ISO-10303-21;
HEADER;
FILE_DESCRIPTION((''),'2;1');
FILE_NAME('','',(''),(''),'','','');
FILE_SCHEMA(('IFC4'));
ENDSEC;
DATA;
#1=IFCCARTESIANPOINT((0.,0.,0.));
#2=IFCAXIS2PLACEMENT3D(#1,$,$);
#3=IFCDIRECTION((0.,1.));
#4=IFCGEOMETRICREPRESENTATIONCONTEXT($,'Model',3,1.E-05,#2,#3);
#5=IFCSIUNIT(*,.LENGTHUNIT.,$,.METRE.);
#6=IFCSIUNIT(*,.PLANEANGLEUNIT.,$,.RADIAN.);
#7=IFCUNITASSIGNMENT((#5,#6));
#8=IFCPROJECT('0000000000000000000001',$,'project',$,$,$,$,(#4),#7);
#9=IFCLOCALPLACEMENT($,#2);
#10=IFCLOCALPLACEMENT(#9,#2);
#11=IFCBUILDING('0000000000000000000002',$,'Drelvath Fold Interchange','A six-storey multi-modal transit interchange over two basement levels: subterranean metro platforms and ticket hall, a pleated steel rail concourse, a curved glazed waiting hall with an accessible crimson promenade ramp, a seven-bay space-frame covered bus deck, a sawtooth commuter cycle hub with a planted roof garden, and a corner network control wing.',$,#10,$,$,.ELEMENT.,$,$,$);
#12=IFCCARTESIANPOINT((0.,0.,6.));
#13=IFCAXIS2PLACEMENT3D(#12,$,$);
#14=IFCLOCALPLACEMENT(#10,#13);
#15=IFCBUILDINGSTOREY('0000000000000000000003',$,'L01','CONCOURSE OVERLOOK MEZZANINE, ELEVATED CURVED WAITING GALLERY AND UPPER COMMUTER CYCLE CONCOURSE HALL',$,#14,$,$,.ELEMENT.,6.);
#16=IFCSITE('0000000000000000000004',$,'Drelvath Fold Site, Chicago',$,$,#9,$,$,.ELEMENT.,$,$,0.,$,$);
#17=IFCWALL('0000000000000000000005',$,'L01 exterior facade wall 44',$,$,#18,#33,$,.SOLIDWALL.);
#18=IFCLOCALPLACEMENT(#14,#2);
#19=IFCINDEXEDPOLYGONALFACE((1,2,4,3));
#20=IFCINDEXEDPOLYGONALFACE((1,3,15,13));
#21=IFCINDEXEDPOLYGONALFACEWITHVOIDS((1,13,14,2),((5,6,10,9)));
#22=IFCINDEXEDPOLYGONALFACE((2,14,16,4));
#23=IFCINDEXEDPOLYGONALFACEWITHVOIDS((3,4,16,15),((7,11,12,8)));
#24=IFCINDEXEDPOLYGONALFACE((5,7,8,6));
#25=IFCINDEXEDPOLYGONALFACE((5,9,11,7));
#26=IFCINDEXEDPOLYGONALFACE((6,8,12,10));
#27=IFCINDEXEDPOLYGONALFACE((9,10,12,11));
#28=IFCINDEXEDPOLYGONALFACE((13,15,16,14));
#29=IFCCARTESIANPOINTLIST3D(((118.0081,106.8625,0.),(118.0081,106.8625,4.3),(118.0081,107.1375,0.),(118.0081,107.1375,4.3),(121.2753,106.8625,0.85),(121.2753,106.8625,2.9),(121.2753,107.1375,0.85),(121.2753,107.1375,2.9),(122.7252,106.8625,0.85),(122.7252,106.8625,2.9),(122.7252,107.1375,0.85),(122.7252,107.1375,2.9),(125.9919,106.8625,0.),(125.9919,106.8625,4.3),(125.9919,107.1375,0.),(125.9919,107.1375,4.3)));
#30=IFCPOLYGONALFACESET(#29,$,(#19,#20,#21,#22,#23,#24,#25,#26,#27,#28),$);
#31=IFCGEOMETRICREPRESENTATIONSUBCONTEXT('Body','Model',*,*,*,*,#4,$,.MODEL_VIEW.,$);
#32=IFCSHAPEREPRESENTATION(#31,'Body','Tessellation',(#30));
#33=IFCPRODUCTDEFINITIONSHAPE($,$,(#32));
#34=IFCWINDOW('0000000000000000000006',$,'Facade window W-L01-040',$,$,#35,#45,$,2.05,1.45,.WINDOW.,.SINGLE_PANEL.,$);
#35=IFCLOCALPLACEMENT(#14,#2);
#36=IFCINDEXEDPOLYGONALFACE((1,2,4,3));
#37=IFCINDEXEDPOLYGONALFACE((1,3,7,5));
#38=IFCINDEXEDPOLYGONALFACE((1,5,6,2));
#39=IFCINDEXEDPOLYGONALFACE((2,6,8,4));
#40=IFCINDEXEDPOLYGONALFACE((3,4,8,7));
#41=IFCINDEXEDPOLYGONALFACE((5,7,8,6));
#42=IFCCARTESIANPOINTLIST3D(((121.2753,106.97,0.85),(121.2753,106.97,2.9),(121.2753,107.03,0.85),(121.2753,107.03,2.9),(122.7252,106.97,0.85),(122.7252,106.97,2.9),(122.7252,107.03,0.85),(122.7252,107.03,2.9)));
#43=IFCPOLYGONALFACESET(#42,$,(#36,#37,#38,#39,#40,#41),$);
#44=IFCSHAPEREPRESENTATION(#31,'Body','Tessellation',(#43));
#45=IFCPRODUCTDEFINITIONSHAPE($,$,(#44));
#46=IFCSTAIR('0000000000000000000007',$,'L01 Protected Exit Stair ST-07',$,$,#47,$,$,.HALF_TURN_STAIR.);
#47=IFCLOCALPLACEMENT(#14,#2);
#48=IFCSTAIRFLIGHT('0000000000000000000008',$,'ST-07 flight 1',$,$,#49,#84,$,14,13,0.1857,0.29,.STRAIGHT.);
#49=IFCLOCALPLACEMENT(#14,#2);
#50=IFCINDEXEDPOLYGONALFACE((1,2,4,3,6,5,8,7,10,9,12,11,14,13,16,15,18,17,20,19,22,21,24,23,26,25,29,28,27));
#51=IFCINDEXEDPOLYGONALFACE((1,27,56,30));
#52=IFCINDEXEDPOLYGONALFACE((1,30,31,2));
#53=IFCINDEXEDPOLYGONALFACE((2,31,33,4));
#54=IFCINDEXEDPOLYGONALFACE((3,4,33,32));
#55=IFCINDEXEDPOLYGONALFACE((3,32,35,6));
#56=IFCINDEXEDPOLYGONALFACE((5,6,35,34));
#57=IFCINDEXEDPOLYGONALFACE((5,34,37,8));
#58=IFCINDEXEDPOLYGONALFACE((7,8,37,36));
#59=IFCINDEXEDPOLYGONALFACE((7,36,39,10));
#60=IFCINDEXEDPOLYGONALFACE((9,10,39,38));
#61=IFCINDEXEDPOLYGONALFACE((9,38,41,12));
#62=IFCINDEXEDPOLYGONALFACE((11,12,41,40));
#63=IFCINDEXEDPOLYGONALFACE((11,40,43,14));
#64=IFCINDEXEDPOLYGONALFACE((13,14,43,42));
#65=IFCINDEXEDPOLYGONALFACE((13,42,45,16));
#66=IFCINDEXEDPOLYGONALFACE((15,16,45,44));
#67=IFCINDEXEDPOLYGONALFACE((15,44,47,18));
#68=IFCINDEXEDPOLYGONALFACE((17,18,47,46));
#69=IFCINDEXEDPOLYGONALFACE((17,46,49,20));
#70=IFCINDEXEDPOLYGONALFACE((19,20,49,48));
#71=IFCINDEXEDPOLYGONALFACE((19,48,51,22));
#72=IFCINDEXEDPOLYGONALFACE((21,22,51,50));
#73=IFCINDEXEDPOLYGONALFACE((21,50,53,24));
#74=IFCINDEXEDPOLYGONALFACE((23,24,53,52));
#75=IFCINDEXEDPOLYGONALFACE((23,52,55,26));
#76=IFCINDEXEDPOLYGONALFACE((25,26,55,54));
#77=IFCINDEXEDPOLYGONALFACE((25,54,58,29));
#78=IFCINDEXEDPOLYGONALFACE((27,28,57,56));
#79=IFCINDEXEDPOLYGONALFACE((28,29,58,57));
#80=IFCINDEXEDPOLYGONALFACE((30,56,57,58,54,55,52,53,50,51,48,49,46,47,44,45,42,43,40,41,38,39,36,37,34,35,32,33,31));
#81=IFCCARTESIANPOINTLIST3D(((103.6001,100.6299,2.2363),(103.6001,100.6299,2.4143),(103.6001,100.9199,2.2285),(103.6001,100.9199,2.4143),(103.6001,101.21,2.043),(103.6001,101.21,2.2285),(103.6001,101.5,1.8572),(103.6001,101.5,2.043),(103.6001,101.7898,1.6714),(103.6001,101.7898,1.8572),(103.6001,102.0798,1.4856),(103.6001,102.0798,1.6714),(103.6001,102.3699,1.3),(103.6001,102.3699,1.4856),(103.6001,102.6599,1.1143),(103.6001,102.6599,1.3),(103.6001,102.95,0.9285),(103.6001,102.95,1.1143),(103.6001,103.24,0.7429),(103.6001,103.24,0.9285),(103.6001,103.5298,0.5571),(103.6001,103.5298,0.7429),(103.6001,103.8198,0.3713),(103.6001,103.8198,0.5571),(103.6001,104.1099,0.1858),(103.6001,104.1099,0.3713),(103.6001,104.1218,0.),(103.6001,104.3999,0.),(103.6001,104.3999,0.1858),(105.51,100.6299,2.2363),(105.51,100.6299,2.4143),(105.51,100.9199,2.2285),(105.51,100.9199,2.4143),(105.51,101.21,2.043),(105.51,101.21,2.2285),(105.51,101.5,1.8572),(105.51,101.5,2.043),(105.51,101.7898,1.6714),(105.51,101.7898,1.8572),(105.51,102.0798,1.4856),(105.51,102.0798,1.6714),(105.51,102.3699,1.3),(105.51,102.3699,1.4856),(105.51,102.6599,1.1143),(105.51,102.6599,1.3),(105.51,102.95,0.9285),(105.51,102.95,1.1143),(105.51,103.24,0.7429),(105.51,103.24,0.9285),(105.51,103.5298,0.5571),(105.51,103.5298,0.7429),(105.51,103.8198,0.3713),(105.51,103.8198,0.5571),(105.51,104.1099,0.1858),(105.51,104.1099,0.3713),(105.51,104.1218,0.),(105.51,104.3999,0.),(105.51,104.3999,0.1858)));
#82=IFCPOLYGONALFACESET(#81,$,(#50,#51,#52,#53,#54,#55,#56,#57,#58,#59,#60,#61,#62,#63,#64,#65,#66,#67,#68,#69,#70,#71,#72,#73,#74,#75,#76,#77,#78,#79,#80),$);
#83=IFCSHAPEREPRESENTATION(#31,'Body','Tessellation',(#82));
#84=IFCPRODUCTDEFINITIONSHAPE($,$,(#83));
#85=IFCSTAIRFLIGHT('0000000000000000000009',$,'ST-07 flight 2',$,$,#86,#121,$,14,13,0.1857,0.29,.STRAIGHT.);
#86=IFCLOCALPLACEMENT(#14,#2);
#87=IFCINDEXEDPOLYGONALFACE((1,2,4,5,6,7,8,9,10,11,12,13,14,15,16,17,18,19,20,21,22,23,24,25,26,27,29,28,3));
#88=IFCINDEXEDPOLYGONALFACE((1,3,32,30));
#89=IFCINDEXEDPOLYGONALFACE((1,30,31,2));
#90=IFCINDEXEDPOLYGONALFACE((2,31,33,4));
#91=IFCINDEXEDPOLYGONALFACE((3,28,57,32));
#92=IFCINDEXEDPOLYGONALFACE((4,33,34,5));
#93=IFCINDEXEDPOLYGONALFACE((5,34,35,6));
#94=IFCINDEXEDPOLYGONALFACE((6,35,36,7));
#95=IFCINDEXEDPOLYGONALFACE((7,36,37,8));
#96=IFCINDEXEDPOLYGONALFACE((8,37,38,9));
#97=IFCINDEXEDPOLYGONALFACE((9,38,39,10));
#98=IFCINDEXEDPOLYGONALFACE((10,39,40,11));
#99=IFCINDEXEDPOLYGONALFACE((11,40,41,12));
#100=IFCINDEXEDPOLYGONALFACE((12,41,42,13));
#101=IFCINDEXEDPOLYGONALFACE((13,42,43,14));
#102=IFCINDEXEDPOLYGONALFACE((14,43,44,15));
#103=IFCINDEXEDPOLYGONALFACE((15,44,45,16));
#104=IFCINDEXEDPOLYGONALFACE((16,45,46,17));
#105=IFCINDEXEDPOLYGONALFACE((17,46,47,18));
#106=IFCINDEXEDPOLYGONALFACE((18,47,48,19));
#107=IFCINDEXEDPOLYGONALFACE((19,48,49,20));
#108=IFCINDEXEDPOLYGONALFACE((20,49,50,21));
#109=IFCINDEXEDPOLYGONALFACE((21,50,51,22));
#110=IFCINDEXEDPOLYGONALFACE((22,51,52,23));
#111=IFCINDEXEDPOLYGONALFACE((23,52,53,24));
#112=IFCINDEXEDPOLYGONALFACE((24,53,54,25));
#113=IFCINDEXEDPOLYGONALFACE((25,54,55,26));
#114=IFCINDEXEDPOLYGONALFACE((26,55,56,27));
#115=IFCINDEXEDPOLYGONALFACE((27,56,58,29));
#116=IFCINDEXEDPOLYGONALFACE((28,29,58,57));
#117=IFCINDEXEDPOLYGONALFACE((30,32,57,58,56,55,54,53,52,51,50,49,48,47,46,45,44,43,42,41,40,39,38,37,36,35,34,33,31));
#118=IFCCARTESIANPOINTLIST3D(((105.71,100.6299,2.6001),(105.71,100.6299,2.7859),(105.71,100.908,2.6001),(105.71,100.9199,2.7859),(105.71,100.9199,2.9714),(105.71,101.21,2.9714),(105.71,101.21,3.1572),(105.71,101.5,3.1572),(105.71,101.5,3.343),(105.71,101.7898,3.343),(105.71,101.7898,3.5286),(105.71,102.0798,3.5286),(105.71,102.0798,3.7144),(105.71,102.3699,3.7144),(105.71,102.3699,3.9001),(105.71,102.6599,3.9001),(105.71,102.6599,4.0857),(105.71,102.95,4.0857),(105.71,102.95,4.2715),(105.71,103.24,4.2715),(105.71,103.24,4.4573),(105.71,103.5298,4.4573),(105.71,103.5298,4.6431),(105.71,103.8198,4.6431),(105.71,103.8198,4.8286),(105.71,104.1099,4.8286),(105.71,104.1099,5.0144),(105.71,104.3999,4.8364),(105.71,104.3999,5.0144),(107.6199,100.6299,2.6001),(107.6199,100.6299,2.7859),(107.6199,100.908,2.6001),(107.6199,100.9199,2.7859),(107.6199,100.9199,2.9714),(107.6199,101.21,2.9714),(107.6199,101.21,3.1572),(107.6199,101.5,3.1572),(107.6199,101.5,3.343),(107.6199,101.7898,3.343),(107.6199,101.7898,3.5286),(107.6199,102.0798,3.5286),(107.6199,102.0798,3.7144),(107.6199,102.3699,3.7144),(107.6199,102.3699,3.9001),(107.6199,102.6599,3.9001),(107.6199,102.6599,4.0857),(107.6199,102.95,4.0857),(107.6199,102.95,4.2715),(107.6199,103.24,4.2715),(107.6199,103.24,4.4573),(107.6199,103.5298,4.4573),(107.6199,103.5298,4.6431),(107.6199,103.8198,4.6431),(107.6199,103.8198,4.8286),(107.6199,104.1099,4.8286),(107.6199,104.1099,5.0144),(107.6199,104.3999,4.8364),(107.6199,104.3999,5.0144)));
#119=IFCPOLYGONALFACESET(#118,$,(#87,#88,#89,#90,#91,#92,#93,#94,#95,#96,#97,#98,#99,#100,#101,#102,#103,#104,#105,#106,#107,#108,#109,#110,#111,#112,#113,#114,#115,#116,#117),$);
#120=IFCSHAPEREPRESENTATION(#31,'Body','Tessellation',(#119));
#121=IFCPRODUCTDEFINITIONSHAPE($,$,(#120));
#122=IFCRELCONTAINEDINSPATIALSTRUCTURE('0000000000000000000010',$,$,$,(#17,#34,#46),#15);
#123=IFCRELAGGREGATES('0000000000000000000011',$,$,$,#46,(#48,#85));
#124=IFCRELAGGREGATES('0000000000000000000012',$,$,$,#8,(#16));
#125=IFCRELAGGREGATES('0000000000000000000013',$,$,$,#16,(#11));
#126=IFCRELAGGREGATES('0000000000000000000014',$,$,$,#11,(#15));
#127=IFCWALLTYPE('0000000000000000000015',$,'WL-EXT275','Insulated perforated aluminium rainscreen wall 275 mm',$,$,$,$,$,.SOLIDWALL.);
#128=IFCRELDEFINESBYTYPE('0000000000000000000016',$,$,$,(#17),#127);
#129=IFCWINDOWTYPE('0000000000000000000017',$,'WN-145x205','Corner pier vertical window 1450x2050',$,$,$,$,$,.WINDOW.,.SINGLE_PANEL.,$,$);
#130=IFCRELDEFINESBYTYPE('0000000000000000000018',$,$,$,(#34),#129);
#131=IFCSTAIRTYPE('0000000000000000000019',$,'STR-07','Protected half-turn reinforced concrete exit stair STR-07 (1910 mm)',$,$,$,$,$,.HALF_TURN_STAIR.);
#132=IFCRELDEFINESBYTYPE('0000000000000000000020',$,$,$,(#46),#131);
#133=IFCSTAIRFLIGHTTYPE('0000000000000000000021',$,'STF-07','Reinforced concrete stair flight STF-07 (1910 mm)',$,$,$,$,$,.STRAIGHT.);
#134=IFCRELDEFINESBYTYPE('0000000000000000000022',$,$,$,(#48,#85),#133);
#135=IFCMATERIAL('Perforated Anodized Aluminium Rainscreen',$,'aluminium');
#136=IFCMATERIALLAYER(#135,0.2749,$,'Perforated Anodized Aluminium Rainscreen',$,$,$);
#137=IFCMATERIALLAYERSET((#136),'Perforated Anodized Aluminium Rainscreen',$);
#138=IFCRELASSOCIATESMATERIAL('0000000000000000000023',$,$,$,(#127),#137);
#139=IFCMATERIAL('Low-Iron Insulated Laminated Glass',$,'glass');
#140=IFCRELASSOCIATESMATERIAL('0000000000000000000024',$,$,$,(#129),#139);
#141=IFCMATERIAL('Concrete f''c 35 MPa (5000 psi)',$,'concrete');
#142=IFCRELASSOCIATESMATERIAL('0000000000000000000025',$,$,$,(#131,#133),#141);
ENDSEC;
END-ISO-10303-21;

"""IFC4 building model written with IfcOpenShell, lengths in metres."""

from ifc_helpers import new_model, si_unit, direction, frame, frame_2d, origin, place, context, subcontext, project, spatial, polyline, rectangle, outline, extrude, material, layer, layer_set, type_object, element, fill, aggregate, save


model = new_model("IFC4")

# Units and contexts
model_context = context("Model", 3, precision=1e-05, world=origin(), true_north=direction((0.0, 1.0)))
body_context = subcontext(model_context, "Body", "Model", "MODEL_VIEW")
ifc_project = project(units=[si_unit("LENGTHUNIT", "METRE"), si_unit("PLANEANGLEUNIT", "RADIAN")], contexts=[model_context])

# Site, building, storey
site_placement = place(None, origin())
site = spatial("IfcSite", under=ifc_project, at=site_placement, Name="Drelvath Fold Site, Chicago", CompositionType="ELEMENT", RefElevation=0.0)
building_placement = place(site_placement, origin())
building = spatial("IfcBuilding", under=site, at=building_placement, Name="Drelvath Fold Interchange", Description="A six-storey multi-modal transit interchange over two basement levels: subterranean metro platforms and ticket hall, a pleated steel rail concourse, a curved glazed waiting hall with an accessible crimson promenade ramp, a seven-bay space-frame covered bus deck, a sawtooth commuter cycle hub with a planted roof garden, and a corner network control wing.", CompositionType="ELEMENT")
storey_placement = place(building_placement, frame((0.0, 0.0, 6.0)))
storey = spatial("IfcBuildingStorey", under=building, at=storey_placement, Name="L01", Description="CONCOURSE OVERLOOK MEZZANINE, ELEVATED CURVED WAITING GALLERY AND UPPER COMMUTER CYCLE CONCOURSE HALL", CompositionType="ELEMENT", Elevation=6.0)

# Wall, opening, window
ifc_material_1 = material(Name="Perforated Anodized Aluminium Rainscreen", Category="aluminium")
ifc_layer_1 = layer(ifc_material_1, 0.2749, Name="Perforated Anodized Aluminium Rainscreen")
ifc_layer_set_1 = layer_set([ifc_layer_1], Name="Perforated Anodized Aluminium Rainscreen")
wall_type_1 = type_object("IfcWallType", Name="WL-EXT275", Description="Insulated perforated aluminium rainscreen wall 275 mm", PredefinedType="SOLIDWALL", material=ifc_layer_set_1)
ifc_material_2 = material(Name="Low-Iron Insulated Laminated Glass", Category="glass")
wall_1_placement = place(storey_placement, frame((118.0081, 107.0, 0.0), z_axis=(0.0, 0.0, 1.0), x_axis=(1.0, 0.0, 0.0)))
wall_1 = element("IfcWall", 1, at=wall_1_placement, inside=storey, type_object=wall_type_1, Name="L01 exterior facade wall 44", PredefinedType="SOLIDWALL", context=body_context, shape_type="SweptSolid", body=[
    extrude(rectangle(XDim=7.9839, YDim=0.2749, at=frame_2d((3.9919, 0.0))), origin(), (0.0, 0.0, 1.0), 4.3),
])
opening_1_placement = place(wall_1_placement, frame((3.2671, 0.0, 0.8501)))
opening_1 = element("IfcOpeningElement", 2, at=opening_1_placement, cuts=wall_1, PredefinedType="OPENING", context=body_context, shape_type="SweptSolid", body=[
    extrude(rectangle(XDim=1.45, YDim=2.05, at=frame_2d((0.7251, 1.0249))), frame((0.0, 0.1475, 0.0), z_axis=(0.0, -1.0, 0.0), x_axis=(1.0, 0.0, 0.0)), (0.0, 0.0, 1.0), 0.2949),
])
window_type_1 = type_object("IfcWindowType", Name="WN-145x205", Description="Corner pier vertical window 1450x2050", PartitioningType="SINGLE_PANEL", PredefinedType="WINDOW", material=ifc_material_2)
window_1_placement = place(opening_1_placement, origin())
window_1 = element("IfcWindow", 3, at=window_1_placement, inside=storey, type_object=window_type_1, Name="Facade window W-L01-040", OverallHeight=2.05, OverallWidth=1.45, PartitioningType="SINGLE_PANEL", PredefinedType="WINDOW", context=body_context, shape_type="SweptSolid", body=[
    extrude(rectangle(XDim=1.45, YDim=2.05, at=frame_2d((0.7251, 1.0249))), frame((0.0, 0.03, 0.0), z_axis=(0.0, -1.0, 0.0), x_axis=(1.0, 0.0, 0.0)), (0.0, 0.0, 1.0), 0.0601),
])
fill(opening_1, window_1)

# Stair, stair flights
ifc_material_3 = material(Name="Concrete f'c 35 MPa (5000 psi)", Category="concrete")
stair_type = type_object("IfcStairType", Name="STR-07", Description="Protected half-turn reinforced concrete exit stair STR-07 (1910 mm)", PredefinedType="HALF_TURN_STAIR", material=ifc_material_3)
stair_placement = place(storey_placement, origin())
stair = element("IfcStair", 4, at=stair_placement, inside=storey, type_object=stair_type, Name="L01 Protected Exit Stair ST-07", PredefinedType="HALF_TURN_STAIR")
stair_flight_type = type_object("IfcStairFlightType", Name="STF-07", Description="Reinforced concrete stair flight STF-07 (1910 mm)", PredefinedType="STRAIGHT", material=ifc_material_3)
stair_flight_1_placement = place(storey_placement, frame((104.5549, 104.3999, 0.0), z_axis=(0.0, 0.0, 1.0), x_axis=(0.0, -1.0, 0.0)))
stair_flight_1 = element("IfcStairFlight", 5, at=stair_flight_1_placement, type_object=stair_flight_type, Name="ST-07 flight 1", NumberOfRisers=14, NumberOfTreads=13, PredefinedType="STRAIGHT", RiserHeight=0.1857, TreadLength=0.29, context=body_context, shape_type="SweptSolid", body=[
    extrude(outline(polyline([(0.0, 0.0), (0.0, 0.1858), (0.29, 0.1858), (0.29, 0.3713), (0.5801, 0.3713), (0.5801, 0.5571), (0.8701, 0.5571), (0.8701, 0.7429), (1.1599, 0.7429), (1.1599, 0.9285), (1.45, 0.9285), (1.45, 1.1143), (1.74, 1.1143), (1.74, 1.3), (2.03, 1.3), (2.03, 1.4856), (2.3201, 1.4856), (2.3201, 1.6714), (2.6101, 1.6714), (2.6101, 1.8572), (2.8999, 1.8572), (2.8999, 2.043), (3.1899, 2.043), (3.1899, 2.2285), (3.48, 2.2285), (3.48, 2.4143), (3.77, 2.4143), (3.77, 2.6001), (3.77, 2.2363), (0.2781, 0.0), (0.0, 0.0)])), frame((0.0, 0.9551, 0.0), z_axis=(0.0, -1.0, 0.0), x_axis=(1.0, 0.0, 0.0)), (0.0, 0.0, 1.0), 1.9099),
])
stair_flight_2_placement = place(storey_placement, frame((106.665, 100.6299, 2.6001), z_axis=(0.0, 0.0, 1.0), x_axis=(0.0, 1.0, 0.0)))
stair_flight_2 = element("IfcStairFlight", 6, at=stair_flight_2_placement, type_object=stair_flight_type, Name="ST-07 flight 2", NumberOfRisers=14, NumberOfTreads=13, PredefinedType="STRAIGHT", RiserHeight=0.1857, TreadLength=0.29, context=body_context, shape_type="SweptSolid", body=[
    extrude(outline(polyline([(0.0, 0.0), (0.0, 0.1858), (0.29, 0.1858), (0.29, 0.3713), (0.5801, 0.3713), (0.5801, 0.5571), (0.8701, 0.5571), (0.8701, 0.7429), (1.1599, 0.7429), (1.1599, 0.9285), (1.45, 0.9285), (1.45, 1.1143), (1.74, 1.1143), (1.74, 1.3), (2.03, 1.3), (2.03, 1.4856), (2.3201, 1.4856), (2.3201, 1.6714), (2.6101, 1.6714), (2.6101, 1.8572), (2.8999, 1.8572), (2.8999, 2.043), (3.1899, 2.043), (3.1899, 2.2285), (3.48, 2.2285), (3.48, 2.4143), (3.77, 2.4143), (3.77, 2.6001), (3.77, 2.2363), (0.2781, 0.0), (0.0, 0.0)])), frame((0.0, 0.9551, 0.0), z_axis=(0.0, -1.0, 0.0), x_axis=(1.0, 0.0, 0.0)), (0.0, 0.0, 1.0), 1.9099),
])
aggregate(stair, [stair_flight_1, stair_flight_2])

save(model, "model.ifc")
